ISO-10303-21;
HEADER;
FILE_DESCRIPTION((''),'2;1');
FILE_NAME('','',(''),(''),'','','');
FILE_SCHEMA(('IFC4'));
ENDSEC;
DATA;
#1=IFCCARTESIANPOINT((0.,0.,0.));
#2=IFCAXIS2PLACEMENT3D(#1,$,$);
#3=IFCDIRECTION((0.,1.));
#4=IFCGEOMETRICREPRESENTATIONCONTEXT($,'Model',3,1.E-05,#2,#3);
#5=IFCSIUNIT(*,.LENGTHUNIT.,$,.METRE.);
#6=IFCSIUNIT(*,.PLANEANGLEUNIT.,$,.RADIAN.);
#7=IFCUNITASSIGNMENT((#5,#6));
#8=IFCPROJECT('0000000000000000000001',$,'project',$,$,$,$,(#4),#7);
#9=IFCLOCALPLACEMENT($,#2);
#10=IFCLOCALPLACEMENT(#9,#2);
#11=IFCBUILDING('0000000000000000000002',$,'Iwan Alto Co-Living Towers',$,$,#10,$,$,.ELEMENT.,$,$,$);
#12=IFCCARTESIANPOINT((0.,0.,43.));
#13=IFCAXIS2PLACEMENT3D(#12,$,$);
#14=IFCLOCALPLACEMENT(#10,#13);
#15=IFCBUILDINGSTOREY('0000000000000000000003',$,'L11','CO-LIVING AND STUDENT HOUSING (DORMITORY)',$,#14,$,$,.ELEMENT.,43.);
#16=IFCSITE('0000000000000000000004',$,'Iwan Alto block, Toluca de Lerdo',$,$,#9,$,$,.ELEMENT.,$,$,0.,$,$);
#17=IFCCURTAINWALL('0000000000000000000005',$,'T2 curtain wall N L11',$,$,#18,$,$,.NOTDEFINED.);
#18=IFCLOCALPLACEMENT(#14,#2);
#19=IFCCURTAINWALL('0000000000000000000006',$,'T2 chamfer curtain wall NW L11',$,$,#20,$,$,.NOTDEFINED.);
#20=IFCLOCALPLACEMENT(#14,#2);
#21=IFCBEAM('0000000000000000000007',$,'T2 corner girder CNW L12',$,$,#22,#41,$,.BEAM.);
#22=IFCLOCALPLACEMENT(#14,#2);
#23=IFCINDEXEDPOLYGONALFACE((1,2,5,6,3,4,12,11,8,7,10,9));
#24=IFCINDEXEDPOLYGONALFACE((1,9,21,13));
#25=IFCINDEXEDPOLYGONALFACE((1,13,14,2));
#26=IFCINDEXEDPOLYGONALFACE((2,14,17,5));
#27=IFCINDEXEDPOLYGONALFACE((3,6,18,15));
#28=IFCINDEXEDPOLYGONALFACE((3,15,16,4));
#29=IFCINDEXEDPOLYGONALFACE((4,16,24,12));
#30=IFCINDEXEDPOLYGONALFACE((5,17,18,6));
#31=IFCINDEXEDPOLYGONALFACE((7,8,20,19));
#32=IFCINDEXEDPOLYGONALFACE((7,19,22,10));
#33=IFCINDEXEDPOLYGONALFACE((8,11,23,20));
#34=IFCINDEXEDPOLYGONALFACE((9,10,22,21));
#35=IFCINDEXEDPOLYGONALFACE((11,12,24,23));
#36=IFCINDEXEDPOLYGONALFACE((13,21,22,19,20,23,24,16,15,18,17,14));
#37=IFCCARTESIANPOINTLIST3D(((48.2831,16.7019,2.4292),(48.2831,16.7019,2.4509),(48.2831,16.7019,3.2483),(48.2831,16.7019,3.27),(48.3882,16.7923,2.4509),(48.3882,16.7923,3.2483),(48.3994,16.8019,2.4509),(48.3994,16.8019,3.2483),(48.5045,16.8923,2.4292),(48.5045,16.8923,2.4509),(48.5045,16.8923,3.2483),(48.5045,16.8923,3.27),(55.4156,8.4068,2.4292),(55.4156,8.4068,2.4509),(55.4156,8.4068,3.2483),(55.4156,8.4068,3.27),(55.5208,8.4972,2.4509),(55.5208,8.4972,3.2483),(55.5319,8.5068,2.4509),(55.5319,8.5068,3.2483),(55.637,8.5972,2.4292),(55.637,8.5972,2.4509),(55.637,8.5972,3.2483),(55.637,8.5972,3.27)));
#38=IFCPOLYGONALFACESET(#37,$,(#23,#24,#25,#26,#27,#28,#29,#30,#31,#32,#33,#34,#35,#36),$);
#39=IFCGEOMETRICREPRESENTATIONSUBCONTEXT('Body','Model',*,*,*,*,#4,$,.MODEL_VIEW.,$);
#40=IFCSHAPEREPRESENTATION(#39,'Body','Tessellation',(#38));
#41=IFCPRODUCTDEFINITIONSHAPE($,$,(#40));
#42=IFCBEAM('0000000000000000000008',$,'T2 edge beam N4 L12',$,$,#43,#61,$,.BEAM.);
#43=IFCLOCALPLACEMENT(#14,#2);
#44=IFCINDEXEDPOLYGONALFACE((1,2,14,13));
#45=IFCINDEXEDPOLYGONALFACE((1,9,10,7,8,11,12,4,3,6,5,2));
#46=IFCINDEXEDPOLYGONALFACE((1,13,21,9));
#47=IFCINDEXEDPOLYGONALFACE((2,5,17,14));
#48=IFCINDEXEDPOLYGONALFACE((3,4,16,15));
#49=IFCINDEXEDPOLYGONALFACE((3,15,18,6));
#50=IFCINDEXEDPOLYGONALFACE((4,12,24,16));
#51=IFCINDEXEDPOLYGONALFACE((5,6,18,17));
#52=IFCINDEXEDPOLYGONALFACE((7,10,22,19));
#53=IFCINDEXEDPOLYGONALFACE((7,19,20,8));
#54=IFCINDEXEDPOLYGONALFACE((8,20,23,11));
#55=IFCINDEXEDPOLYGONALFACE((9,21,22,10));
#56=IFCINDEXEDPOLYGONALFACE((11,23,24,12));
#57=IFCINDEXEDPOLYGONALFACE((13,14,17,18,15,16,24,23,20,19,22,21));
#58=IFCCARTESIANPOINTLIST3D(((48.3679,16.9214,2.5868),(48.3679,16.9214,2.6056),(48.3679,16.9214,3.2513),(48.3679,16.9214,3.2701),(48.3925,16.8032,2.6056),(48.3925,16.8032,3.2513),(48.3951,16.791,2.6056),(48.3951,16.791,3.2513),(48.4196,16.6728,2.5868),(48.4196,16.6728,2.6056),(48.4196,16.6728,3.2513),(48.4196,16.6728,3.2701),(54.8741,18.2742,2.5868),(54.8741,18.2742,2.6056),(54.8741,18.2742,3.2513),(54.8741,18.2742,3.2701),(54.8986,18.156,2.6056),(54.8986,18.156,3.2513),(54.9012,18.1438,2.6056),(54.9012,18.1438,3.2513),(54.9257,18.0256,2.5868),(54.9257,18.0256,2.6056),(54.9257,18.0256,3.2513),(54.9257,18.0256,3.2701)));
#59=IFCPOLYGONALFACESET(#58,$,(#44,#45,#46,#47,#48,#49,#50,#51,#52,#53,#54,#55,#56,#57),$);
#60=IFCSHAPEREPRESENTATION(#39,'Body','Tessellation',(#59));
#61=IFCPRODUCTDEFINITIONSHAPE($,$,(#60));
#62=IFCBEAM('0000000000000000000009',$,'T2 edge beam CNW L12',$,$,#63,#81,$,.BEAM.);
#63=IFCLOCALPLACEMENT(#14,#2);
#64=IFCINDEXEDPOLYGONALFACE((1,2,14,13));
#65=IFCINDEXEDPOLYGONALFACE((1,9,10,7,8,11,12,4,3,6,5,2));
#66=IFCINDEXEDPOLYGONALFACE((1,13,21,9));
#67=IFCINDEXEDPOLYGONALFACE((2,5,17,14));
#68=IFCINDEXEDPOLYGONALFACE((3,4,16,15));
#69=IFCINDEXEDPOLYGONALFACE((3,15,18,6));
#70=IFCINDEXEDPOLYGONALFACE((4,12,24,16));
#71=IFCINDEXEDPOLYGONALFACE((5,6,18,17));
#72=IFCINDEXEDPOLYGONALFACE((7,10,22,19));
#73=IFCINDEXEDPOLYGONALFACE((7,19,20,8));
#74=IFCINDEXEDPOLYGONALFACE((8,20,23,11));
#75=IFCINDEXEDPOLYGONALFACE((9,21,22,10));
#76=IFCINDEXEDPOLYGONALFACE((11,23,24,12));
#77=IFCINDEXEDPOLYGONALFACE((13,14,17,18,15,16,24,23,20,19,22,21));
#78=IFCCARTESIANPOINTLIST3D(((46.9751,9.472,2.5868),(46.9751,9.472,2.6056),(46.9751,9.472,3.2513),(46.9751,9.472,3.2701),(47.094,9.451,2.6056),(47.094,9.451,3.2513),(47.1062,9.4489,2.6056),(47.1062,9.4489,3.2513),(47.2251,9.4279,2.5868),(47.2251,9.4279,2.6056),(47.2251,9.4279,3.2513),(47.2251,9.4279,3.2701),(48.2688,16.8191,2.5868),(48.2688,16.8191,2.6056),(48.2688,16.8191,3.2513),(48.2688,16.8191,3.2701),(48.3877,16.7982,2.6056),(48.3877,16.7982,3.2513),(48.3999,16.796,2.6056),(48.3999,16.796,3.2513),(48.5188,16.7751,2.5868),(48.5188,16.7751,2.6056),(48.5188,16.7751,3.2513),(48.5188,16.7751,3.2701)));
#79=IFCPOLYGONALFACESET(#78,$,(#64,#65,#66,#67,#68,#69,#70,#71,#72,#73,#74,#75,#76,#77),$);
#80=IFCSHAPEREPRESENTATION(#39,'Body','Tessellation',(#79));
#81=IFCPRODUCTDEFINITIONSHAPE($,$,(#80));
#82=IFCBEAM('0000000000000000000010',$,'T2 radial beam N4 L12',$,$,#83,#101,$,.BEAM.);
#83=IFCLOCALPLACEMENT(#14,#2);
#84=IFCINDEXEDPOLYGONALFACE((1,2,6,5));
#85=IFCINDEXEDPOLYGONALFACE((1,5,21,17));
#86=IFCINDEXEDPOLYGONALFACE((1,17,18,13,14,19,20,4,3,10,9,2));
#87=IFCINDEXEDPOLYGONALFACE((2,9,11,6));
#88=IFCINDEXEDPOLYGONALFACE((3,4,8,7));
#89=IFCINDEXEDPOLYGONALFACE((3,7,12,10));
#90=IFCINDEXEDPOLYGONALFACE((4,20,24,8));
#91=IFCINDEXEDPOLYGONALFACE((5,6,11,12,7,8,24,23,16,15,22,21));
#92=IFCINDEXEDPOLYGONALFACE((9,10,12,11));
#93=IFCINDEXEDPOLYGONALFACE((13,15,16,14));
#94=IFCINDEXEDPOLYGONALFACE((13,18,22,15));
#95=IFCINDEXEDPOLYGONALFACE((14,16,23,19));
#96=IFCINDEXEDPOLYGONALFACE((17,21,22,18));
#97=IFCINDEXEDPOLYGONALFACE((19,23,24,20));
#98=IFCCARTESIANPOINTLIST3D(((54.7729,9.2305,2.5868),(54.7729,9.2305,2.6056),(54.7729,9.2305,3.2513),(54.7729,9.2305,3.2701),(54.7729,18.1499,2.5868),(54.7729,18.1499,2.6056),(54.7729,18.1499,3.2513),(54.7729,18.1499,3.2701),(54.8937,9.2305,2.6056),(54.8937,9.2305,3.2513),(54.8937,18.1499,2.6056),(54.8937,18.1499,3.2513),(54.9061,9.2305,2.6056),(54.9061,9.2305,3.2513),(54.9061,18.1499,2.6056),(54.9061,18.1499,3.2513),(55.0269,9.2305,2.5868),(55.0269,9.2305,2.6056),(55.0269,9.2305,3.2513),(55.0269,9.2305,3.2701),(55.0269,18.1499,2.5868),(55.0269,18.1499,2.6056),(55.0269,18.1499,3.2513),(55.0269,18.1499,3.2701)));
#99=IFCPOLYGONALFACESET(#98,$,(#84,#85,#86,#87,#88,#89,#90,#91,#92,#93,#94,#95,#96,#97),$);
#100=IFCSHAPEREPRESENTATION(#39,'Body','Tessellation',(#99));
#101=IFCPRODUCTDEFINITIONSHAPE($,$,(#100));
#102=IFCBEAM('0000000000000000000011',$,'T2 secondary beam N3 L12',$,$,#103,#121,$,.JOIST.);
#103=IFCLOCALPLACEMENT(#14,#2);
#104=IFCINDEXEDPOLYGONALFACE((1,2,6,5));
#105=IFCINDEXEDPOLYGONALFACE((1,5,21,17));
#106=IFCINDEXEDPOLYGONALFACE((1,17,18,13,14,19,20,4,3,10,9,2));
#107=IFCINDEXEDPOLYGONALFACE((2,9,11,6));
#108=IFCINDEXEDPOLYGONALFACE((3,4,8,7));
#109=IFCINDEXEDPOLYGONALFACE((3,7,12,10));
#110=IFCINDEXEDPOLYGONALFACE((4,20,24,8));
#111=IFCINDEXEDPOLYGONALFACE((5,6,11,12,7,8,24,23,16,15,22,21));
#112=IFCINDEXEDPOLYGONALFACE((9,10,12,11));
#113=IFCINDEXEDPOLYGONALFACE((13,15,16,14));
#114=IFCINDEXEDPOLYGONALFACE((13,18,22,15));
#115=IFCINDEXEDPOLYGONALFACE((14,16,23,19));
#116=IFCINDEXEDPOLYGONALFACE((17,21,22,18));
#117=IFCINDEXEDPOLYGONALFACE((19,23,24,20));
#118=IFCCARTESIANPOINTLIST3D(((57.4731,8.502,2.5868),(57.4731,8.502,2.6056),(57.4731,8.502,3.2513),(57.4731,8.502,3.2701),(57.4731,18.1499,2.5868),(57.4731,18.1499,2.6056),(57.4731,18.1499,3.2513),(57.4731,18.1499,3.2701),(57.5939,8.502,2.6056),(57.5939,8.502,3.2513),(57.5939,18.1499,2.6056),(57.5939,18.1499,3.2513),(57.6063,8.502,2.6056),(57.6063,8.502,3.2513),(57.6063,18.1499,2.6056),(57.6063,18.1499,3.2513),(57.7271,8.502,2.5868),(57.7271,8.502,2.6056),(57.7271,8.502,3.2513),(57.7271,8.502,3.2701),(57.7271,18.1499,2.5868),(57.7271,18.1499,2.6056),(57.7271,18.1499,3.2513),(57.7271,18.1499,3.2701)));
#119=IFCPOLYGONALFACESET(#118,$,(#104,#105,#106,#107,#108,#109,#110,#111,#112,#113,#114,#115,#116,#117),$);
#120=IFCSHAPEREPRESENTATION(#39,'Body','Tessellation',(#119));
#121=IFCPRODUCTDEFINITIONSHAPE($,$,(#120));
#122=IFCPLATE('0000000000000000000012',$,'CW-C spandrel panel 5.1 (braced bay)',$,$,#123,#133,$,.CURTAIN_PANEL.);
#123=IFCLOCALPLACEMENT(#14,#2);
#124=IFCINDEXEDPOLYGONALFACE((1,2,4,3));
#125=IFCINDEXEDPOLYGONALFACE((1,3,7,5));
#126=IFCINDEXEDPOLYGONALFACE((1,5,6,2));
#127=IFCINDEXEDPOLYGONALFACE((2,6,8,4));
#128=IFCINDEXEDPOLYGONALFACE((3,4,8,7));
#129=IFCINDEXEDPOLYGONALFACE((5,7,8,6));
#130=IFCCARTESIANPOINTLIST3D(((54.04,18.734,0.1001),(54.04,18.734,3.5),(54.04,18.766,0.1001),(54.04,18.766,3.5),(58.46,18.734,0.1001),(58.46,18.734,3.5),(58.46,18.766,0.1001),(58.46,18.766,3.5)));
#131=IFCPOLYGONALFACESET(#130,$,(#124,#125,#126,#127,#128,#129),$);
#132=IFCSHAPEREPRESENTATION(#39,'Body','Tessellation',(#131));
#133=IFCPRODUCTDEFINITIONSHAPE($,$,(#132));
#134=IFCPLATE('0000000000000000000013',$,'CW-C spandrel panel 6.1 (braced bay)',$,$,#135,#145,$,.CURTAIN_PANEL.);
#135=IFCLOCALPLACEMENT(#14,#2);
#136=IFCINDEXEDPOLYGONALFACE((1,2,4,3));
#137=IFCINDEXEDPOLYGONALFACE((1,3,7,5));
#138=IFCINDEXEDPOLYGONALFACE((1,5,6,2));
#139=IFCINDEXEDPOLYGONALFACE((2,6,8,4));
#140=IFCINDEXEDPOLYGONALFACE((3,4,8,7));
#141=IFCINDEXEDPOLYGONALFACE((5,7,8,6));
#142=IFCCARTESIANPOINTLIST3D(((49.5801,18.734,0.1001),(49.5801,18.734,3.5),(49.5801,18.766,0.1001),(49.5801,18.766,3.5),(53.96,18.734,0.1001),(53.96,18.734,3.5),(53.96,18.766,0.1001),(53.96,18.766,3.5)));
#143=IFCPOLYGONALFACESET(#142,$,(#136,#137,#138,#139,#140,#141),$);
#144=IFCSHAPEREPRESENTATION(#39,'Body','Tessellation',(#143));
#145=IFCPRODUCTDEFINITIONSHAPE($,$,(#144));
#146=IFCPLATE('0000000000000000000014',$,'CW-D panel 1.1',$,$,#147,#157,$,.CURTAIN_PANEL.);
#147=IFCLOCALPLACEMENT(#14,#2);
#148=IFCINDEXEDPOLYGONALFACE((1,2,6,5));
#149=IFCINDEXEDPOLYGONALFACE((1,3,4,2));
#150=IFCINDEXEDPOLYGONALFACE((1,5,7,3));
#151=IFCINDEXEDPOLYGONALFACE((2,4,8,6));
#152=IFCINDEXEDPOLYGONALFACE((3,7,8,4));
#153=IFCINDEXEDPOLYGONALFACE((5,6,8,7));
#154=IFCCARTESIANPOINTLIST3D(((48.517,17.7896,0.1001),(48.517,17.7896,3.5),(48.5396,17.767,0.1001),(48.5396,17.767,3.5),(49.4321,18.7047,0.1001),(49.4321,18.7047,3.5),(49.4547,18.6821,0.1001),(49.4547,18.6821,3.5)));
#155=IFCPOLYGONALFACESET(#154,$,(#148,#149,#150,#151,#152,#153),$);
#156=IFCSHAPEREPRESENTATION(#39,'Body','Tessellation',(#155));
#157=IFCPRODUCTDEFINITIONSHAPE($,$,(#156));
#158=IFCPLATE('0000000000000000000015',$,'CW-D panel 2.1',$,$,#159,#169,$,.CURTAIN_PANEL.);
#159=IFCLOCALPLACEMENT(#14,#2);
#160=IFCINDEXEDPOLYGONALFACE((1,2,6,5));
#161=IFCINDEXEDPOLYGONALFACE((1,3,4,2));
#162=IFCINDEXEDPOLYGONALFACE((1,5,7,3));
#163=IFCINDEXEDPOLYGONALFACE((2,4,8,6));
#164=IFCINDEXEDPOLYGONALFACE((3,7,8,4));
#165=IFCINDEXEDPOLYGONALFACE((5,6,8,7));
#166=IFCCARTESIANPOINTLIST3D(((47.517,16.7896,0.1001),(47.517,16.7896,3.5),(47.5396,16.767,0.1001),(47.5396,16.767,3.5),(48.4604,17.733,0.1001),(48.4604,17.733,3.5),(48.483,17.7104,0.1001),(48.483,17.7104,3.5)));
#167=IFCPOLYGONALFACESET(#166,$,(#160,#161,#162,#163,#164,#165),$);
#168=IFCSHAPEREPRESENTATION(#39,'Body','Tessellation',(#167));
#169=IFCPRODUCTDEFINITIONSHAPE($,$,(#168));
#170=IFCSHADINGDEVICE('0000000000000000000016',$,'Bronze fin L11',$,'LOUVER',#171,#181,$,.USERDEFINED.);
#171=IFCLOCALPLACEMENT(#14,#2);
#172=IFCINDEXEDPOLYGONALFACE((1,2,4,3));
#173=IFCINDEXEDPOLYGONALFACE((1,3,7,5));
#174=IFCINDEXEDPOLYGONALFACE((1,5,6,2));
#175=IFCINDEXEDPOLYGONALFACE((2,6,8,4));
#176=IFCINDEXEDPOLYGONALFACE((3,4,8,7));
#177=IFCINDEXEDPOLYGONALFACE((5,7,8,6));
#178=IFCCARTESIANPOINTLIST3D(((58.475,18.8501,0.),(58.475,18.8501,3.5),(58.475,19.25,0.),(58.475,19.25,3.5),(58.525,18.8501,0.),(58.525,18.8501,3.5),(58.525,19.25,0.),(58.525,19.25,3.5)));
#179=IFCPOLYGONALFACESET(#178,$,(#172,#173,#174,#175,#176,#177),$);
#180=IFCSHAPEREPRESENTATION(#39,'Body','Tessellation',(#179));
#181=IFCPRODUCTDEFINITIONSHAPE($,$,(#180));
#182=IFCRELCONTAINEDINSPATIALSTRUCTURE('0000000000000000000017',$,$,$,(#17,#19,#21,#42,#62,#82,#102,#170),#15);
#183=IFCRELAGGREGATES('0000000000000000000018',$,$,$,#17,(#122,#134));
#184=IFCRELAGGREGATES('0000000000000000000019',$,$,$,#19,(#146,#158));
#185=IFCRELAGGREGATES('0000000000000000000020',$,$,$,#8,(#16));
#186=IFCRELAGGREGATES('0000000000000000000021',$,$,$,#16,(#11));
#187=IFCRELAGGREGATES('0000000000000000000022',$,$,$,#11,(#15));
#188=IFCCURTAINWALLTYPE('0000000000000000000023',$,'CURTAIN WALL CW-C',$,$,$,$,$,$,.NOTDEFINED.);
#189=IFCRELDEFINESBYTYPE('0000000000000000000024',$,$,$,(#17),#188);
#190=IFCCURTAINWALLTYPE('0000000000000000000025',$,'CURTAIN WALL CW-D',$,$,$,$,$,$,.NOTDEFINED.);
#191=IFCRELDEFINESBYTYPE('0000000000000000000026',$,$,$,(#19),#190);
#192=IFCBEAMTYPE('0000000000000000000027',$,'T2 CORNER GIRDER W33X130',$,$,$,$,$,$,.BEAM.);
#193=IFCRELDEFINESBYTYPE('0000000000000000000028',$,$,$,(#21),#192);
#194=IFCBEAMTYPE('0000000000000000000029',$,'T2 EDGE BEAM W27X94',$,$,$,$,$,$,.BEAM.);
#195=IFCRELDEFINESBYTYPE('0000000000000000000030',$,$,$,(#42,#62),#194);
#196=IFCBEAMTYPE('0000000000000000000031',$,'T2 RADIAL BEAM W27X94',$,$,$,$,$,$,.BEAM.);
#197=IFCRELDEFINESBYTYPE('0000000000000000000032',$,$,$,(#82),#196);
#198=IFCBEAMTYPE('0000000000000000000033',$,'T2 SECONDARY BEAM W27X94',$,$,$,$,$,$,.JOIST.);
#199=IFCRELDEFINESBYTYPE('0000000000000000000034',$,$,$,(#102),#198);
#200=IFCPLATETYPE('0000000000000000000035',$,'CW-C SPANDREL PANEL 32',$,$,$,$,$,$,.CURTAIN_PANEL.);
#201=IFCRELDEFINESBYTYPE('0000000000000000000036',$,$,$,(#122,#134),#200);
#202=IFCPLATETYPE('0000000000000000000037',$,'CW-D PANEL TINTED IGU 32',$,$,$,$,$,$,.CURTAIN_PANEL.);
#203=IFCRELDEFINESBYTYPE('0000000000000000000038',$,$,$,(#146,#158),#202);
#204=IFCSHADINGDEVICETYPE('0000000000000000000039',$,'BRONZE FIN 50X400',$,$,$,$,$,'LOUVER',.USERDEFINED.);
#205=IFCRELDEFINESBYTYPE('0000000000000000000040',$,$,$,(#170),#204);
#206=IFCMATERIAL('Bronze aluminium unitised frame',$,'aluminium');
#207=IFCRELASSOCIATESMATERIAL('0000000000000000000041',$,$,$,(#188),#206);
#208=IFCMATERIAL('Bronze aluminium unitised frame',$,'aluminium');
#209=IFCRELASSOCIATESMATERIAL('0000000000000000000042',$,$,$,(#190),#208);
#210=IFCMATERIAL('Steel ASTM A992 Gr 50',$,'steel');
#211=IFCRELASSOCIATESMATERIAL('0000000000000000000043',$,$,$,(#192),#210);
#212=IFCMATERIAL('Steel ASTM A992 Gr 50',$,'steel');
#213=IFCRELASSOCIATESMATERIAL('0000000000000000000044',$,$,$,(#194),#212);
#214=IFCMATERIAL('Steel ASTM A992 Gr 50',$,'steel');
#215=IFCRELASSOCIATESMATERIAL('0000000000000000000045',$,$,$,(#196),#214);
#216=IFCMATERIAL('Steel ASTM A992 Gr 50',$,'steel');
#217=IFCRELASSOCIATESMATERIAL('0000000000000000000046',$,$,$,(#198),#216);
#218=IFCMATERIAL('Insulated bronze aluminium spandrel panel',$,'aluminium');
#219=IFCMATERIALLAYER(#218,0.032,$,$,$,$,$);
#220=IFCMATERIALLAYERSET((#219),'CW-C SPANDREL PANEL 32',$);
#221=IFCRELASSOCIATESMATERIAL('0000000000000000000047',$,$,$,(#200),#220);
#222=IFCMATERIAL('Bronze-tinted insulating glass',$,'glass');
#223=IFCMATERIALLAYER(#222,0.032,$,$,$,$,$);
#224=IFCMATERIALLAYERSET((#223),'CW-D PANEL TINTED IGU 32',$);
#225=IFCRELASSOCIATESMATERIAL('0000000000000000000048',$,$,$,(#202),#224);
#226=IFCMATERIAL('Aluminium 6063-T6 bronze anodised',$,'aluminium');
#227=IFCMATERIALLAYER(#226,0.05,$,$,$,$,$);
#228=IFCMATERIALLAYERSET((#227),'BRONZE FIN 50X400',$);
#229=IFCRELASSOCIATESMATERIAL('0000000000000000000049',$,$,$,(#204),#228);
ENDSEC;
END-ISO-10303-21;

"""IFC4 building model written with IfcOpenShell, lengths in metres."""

from ifc_helpers import new_model, si_unit, direction, frame, origin, origin_2d, place, context, subcontext, project, spatial, rectangle, i_section, extrude, material, layer, layer_set, material_profile, profile_set, type_object, element, aggregate, save


model = new_model("IFC4")

# Units and contexts
model_context = context("Model", 3, precision=1e-05, world=origin(), true_north=direction((0.0, 1.0)))
body_context = subcontext(model_context, "Body", "Model", "MODEL_VIEW")
ifc_project = project(units=[si_unit("LENGTHUNIT", "METRE"), si_unit("PLANEANGLEUNIT", "RADIAN")], contexts=[model_context])

# Site, building, storey
site_placement = place(None, origin())
site = spatial("IfcSite", under=ifc_project, at=site_placement, Name="Iwan Alto block, Toluca de Lerdo", CompositionType="ELEMENT", RefElevation=0.0)
building_placement = place(site_placement, origin())
building = spatial("IfcBuilding", under=site, at=building_placement, Name="Iwan Alto Co-Living Towers", CompositionType="ELEMENT")
storey_placement = place(building_placement, frame((0.0, 0.0, 43.0)))
storey = spatial("IfcBuildingStorey", under=building, at=storey_placement, Name="L11", Description="CO-LIVING AND STUDENT HOUSING (DORMITORY)", CompositionType="ELEMENT", Elevation=43.0)

# Curtain walls
ifc_material_1 = material(Name="Bronze aluminium unitised frame", Category="aluminium")
curtain_wall_type_1 = type_object("IfcCurtainWallType", Name="CURTAIN WALL CW-C", PredefinedType="NOTDEFINED", material=ifc_material_1)
curtain_wall_1_placement = place(storey_placement, origin())
curtain_wall_1 = element("IfcCurtainWall", 1, at=curtain_wall_1_placement, inside=storey, type_object=curtain_wall_type_1, Name="T2 curtain wall N L11", PredefinedType="NOTDEFINED")
ifc_material_2 = material(Name="Bronze aluminium unitised frame", Category="aluminium")
curtain_wall_type_2 = type_object("IfcCurtainWallType", Name="CURTAIN WALL CW-D", PredefinedType="NOTDEFINED", material=ifc_material_2)
curtain_wall_2_placement = place(storey_placement, origin())
curtain_wall_2 = element("IfcCurtainWall", 2, at=curtain_wall_2_placement, inside=storey, type_object=curtain_wall_type_2, Name="T2 chamfer curtain wall NW L11", PredefinedType="NOTDEFINED")

# Beams
ifc_material_3 = material(Name="Steel ASTM A992 Gr 50", Category="steel")
ifc_material_profile_1 = material_profile(ifc_material_3, i_section(OverallWidth=0.292, OverallDepth=0.8408, WebThickness=0.0146, FlangeThickness=0.0217, at=origin_2d()), Name="W33X130")
ifc_profile_set_1 = profile_set([ifc_material_profile_1], Name="Steel ASTM A992 Gr 50")
beam_type_1 = type_object("IfcBeamType", Name="T2 CORNER GIRDER W33X130", PredefinedType="BEAM", material=ifc_profile_set_1)
beam_1_placement = place(storey_placement, frame((48.3938, 16.7971, 2.8496), z_axis=(0.651972, -0.758243, 0.0), x_axis=(0.758243, 0.651972, 0.0)))
element("IfcBeam", 3, at=beam_1_placement, inside=storey, type_object=beam_type_1, Name="T2 corner girder CNW L12", PredefinedType="BEAM", context=body_context, shape_type="SweptSolid", body=[
    extrude(i_section(OverallWidth=0.292, OverallDepth=0.8408, WebThickness=0.0146, FlangeThickness=0.0217, at=origin_2d()), origin(), (0.0, 0.0, 1.0), 10.9399),
])
ifc_material_4 = material(Name="Steel ASTM A992 Gr 50", Category="steel")
ifc_material_profile_2 = material_profile(ifc_material_4, i_section(OverallWidth=0.2539, OverallDepth=0.6833, WebThickness=0.0125, FlangeThickness=0.0188, at=origin_2d()), Name="W27X94")
ifc_profile_set_2 = profile_set([ifc_material_profile_2], Name="Steel ASTM A992 Gr 50")
beam_type_2 = type_object("IfcBeamType", Name="T2 EDGE BEAM W27X94", PredefinedType="BEAM", material=ifc_profile_set_2)
beam_2_placement = place(storey_placement, frame((54.8999, 18.1499, 2.9285), z_axis=(-0.97906, -0.203571, 0.0), x_axis=(0.203571, -0.97906, 0.0)))
element("IfcBeam", 4, at=beam_2_placement, inside=storey, type_object=beam_type_2, Name="T2 edge beam N4 L12", PredefinedType="BEAM", context=body_context, shape_type="SweptSolid", body=[
    extrude(i_section(OverallWidth=0.2539, OverallDepth=0.6833, WebThickness=0.0125, FlangeThickness=0.0188, at=origin_2d()), origin(), (0.0, 0.0, 1.0), 6.6453),
])
beam_3_placement = place(storey_placement, frame((48.3938, 16.7971, 2.9285), z_axis=(-0.173414, -0.984849, 0.0), x_axis=(0.984849, -0.173414, 0.0)))
element("IfcBeam", 5, at=beam_3_placement, inside=storey, type_object=beam_type_2, Name="T2 edge beam CNW L12", PredefinedType="BEAM", context=body_context, shape_type="SweptSolid", body=[
    extrude(i_section(OverallWidth=0.2539, OverallDepth=0.6833, WebThickness=0.0125, FlangeThickness=0.0188, at=origin_2d()), origin(), (0.0, 0.0, 1.0), 7.4602),
])
ifc_material_5 = material(Name="Steel ASTM A992 Gr 50", Category="steel")
ifc_material_profile_3 = material_profile(ifc_material_5, i_section(OverallWidth=0.2539, OverallDepth=0.6833, WebThickness=0.0125, FlangeThickness=0.0188, at=origin_2d()), Name="W27X94")
ifc_profile_set_3 = profile_set([ifc_material_profile_3], Name="Steel ASTM A992 Gr 50")
beam_type_3 = type_object("IfcBeamType", Name="T2 RADIAL BEAM W27X94", PredefinedType="BEAM", material=ifc_profile_set_3)
beam_4_placement = place(storey_placement, frame((54.8999, 18.1499, 2.9285), z_axis=(0.0, -1.0, 0.0), x_axis=(1.0, 0.0, 0.0)))
element("IfcBeam", 6, at=beam_4_placement, inside=storey, type_object=beam_type_3, Name="T2 radial beam N4 L12", PredefinedType="BEAM", context=body_context, shape_type="SweptSolid", body=[
    extrude(i_section(OverallWidth=0.2539, OverallDepth=0.6833, WebThickness=0.0125, FlangeThickness=0.0188, at=origin_2d()), origin(), (0.0, 0.0, 1.0), 8.9194),
])
ifc_material_6 = material(Name="Steel ASTM A992 Gr 50", Category="steel")
ifc_material_profile_4 = material_profile(ifc_material_6, i_section(OverallWidth=0.2539, OverallDepth=0.6833, WebThickness=0.0125, FlangeThickness=0.0188, at=origin_2d()), Name="W27X94")
ifc_profile_set_4 = profile_set([ifc_material_profile_4], Name="Steel ASTM A992 Gr 50")
beam_type_4 = type_object("IfcBeamType", Name="T2 SECONDARY BEAM W27X94", PredefinedType="JOIST", material=ifc_profile_set_4)
beam_5_placement = place(storey_placement, frame((57.6001, 18.1499, 2.9285), z_axis=(0.0, -1.0, 0.0), x_axis=(1.0, 0.0, 0.0)))
element("IfcBeam", 7, at=beam_5_placement, inside=storey, type_object=beam_type_4, Name="T2 secondary beam N3 L12", PredefinedType="JOIST", context=body_context, shape_type="SweptSolid", body=[
    extrude(i_section(OverallWidth=0.2539, OverallDepth=0.6833, WebThickness=0.0125, FlangeThickness=0.0188, at=origin_2d()), origin(), (0.0, 0.0, 1.0), 9.6479),
])

# Plates
ifc_material_7 = material(Name="Insulated bronze aluminium spandrel panel", Category="aluminium")
ifc_layer_1 = layer(ifc_material_7, 0.032)
ifc_layer_set_1 = layer_set([ifc_layer_1], Name="CW-C SPANDREL PANEL 32")
plate_type_1 = type_object("IfcPlateType", Name="CW-C SPANDREL PANEL 32", PredefinedType="CURTAIN_PANEL", material=ifc_layer_set_1)
plate_1_placement = place(storey_placement, frame((56.25, 18.75, 0.1001), z_axis=(0.0, 0.0, 1.0), x_axis=(-1.0, 0.0, 0.0)))
plate_1 = element("IfcPlate", 8, at=plate_1_placement, type_object=plate_type_1, Name="CW-C spandrel panel 5.1 (braced bay)", PredefinedType="CURTAIN_PANEL", context=body_context, shape_type="SweptSolid", body=[
    extrude(rectangle(XDim=4.4199, YDim=0.032, at=origin_2d()), origin(), (0.0, 0.0, 1.0), 3.3999),
])
plate_2_placement = place(storey_placement, frame((51.77, 18.75, 0.1001), z_axis=(0.0, 0.0, 1.0), x_axis=(-1.0, 0.0, 0.0)))
plate_2 = element("IfcPlate", 9, at=plate_2_placement, type_object=plate_type_1, Name="CW-C spandrel panel 6.1 (braced bay)", PredefinedType="CURTAIN_PANEL", context=body_context, shape_type="SweptSolid", body=[
    extrude(rectangle(XDim=4.3799, YDim=0.032, at=origin_2d()), origin(), (0.0, 0.0, 1.0), 3.3999),
])
aggregate(curtain_wall_1, [plate_1, plate_2])
ifc_material_8 = material(Name="Bronze-tinted insulating glass", Category="glass")
ifc_layer_2 = layer(ifc_material_8, 0.032)
ifc_layer_set_2 = layer_set([ifc_layer_2], Name="CW-D PANEL TINTED IGU 32")
plate_type_2 = type_object("IfcPlateType", Name="CW-D PANEL TINTED IGU 32", PredefinedType="CURTAIN_PANEL", material=ifc_layer_set_2)
plate_3_placement = place(storey_placement, frame((48.9858, 18.2358, 0.1001), z_axis=(0.0, 0.0, 1.0), x_axis=(-0.707107, -0.707107, 0.0)))
plate_3 = element("IfcPlate", 10, at=plate_3_placement, type_object=plate_type_2, Name="CW-D panel 1.1", PredefinedType="CURTAIN_PANEL", context=body_context, shape_type="SweptSolid", body=[
    extrude(rectangle(XDim=1.2942, YDim=0.032, at=origin_2d()), origin(), (0.0, 0.0, 1.0), 3.3999),
])
plate_4_placement = place(storey_placement, frame((48.0, 17.25, 0.1001), z_axis=(0.0, 0.0, 1.0), x_axis=(-0.707107, -0.707107, 0.0)))
plate_4 = element("IfcPlate", 11, at=plate_4_placement, type_object=plate_type_2, Name="CW-D panel 2.1", PredefinedType="CURTAIN_PANEL", context=body_context, shape_type="SweptSolid", body=[
    extrude(rectangle(XDim=1.3342, YDim=0.032, at=origin_2d()), origin(), (0.0, 0.0, 1.0), 3.3999),
])
aggregate(curtain_wall_2, [plate_3, plate_4])

# Shading device
ifc_material_9 = material(Name="Aluminium 6063-T6 bronze anodised", Category="aluminium")
ifc_layer_3 = layer(ifc_material_9, 0.05)
ifc_layer_set_3 = layer_set([ifc_layer_3], Name="BRONZE FIN 50X400")
shading_device_type = type_object("IfcShadingDeviceType", Name="BRONZE FIN 50X400", ElementType="LOUVER", PredefinedType="USERDEFINED", material=ifc_layer_set_3)
shading_device_placement = place(storey_placement, frame((58.5, 19.05, 0.0), z_axis=(0.0, 0.0, 1.0), x_axis=(-1.0, 0.0, 0.0)))
element("IfcShadingDevice", 12, at=shading_device_placement, inside=storey, type_object=shading_device_type, Name="Bronze fin L11", ObjectType="LOUVER", PredefinedType="USERDEFINED", context=body_context, shape_type="SweptSolid", body=[
    extrude(rectangle(XDim=0.05, YDim=0.3999, at=origin_2d()), origin(), (0.0, 0.0, 1.0), 3.5),
])

save(model, "model.ifc")
